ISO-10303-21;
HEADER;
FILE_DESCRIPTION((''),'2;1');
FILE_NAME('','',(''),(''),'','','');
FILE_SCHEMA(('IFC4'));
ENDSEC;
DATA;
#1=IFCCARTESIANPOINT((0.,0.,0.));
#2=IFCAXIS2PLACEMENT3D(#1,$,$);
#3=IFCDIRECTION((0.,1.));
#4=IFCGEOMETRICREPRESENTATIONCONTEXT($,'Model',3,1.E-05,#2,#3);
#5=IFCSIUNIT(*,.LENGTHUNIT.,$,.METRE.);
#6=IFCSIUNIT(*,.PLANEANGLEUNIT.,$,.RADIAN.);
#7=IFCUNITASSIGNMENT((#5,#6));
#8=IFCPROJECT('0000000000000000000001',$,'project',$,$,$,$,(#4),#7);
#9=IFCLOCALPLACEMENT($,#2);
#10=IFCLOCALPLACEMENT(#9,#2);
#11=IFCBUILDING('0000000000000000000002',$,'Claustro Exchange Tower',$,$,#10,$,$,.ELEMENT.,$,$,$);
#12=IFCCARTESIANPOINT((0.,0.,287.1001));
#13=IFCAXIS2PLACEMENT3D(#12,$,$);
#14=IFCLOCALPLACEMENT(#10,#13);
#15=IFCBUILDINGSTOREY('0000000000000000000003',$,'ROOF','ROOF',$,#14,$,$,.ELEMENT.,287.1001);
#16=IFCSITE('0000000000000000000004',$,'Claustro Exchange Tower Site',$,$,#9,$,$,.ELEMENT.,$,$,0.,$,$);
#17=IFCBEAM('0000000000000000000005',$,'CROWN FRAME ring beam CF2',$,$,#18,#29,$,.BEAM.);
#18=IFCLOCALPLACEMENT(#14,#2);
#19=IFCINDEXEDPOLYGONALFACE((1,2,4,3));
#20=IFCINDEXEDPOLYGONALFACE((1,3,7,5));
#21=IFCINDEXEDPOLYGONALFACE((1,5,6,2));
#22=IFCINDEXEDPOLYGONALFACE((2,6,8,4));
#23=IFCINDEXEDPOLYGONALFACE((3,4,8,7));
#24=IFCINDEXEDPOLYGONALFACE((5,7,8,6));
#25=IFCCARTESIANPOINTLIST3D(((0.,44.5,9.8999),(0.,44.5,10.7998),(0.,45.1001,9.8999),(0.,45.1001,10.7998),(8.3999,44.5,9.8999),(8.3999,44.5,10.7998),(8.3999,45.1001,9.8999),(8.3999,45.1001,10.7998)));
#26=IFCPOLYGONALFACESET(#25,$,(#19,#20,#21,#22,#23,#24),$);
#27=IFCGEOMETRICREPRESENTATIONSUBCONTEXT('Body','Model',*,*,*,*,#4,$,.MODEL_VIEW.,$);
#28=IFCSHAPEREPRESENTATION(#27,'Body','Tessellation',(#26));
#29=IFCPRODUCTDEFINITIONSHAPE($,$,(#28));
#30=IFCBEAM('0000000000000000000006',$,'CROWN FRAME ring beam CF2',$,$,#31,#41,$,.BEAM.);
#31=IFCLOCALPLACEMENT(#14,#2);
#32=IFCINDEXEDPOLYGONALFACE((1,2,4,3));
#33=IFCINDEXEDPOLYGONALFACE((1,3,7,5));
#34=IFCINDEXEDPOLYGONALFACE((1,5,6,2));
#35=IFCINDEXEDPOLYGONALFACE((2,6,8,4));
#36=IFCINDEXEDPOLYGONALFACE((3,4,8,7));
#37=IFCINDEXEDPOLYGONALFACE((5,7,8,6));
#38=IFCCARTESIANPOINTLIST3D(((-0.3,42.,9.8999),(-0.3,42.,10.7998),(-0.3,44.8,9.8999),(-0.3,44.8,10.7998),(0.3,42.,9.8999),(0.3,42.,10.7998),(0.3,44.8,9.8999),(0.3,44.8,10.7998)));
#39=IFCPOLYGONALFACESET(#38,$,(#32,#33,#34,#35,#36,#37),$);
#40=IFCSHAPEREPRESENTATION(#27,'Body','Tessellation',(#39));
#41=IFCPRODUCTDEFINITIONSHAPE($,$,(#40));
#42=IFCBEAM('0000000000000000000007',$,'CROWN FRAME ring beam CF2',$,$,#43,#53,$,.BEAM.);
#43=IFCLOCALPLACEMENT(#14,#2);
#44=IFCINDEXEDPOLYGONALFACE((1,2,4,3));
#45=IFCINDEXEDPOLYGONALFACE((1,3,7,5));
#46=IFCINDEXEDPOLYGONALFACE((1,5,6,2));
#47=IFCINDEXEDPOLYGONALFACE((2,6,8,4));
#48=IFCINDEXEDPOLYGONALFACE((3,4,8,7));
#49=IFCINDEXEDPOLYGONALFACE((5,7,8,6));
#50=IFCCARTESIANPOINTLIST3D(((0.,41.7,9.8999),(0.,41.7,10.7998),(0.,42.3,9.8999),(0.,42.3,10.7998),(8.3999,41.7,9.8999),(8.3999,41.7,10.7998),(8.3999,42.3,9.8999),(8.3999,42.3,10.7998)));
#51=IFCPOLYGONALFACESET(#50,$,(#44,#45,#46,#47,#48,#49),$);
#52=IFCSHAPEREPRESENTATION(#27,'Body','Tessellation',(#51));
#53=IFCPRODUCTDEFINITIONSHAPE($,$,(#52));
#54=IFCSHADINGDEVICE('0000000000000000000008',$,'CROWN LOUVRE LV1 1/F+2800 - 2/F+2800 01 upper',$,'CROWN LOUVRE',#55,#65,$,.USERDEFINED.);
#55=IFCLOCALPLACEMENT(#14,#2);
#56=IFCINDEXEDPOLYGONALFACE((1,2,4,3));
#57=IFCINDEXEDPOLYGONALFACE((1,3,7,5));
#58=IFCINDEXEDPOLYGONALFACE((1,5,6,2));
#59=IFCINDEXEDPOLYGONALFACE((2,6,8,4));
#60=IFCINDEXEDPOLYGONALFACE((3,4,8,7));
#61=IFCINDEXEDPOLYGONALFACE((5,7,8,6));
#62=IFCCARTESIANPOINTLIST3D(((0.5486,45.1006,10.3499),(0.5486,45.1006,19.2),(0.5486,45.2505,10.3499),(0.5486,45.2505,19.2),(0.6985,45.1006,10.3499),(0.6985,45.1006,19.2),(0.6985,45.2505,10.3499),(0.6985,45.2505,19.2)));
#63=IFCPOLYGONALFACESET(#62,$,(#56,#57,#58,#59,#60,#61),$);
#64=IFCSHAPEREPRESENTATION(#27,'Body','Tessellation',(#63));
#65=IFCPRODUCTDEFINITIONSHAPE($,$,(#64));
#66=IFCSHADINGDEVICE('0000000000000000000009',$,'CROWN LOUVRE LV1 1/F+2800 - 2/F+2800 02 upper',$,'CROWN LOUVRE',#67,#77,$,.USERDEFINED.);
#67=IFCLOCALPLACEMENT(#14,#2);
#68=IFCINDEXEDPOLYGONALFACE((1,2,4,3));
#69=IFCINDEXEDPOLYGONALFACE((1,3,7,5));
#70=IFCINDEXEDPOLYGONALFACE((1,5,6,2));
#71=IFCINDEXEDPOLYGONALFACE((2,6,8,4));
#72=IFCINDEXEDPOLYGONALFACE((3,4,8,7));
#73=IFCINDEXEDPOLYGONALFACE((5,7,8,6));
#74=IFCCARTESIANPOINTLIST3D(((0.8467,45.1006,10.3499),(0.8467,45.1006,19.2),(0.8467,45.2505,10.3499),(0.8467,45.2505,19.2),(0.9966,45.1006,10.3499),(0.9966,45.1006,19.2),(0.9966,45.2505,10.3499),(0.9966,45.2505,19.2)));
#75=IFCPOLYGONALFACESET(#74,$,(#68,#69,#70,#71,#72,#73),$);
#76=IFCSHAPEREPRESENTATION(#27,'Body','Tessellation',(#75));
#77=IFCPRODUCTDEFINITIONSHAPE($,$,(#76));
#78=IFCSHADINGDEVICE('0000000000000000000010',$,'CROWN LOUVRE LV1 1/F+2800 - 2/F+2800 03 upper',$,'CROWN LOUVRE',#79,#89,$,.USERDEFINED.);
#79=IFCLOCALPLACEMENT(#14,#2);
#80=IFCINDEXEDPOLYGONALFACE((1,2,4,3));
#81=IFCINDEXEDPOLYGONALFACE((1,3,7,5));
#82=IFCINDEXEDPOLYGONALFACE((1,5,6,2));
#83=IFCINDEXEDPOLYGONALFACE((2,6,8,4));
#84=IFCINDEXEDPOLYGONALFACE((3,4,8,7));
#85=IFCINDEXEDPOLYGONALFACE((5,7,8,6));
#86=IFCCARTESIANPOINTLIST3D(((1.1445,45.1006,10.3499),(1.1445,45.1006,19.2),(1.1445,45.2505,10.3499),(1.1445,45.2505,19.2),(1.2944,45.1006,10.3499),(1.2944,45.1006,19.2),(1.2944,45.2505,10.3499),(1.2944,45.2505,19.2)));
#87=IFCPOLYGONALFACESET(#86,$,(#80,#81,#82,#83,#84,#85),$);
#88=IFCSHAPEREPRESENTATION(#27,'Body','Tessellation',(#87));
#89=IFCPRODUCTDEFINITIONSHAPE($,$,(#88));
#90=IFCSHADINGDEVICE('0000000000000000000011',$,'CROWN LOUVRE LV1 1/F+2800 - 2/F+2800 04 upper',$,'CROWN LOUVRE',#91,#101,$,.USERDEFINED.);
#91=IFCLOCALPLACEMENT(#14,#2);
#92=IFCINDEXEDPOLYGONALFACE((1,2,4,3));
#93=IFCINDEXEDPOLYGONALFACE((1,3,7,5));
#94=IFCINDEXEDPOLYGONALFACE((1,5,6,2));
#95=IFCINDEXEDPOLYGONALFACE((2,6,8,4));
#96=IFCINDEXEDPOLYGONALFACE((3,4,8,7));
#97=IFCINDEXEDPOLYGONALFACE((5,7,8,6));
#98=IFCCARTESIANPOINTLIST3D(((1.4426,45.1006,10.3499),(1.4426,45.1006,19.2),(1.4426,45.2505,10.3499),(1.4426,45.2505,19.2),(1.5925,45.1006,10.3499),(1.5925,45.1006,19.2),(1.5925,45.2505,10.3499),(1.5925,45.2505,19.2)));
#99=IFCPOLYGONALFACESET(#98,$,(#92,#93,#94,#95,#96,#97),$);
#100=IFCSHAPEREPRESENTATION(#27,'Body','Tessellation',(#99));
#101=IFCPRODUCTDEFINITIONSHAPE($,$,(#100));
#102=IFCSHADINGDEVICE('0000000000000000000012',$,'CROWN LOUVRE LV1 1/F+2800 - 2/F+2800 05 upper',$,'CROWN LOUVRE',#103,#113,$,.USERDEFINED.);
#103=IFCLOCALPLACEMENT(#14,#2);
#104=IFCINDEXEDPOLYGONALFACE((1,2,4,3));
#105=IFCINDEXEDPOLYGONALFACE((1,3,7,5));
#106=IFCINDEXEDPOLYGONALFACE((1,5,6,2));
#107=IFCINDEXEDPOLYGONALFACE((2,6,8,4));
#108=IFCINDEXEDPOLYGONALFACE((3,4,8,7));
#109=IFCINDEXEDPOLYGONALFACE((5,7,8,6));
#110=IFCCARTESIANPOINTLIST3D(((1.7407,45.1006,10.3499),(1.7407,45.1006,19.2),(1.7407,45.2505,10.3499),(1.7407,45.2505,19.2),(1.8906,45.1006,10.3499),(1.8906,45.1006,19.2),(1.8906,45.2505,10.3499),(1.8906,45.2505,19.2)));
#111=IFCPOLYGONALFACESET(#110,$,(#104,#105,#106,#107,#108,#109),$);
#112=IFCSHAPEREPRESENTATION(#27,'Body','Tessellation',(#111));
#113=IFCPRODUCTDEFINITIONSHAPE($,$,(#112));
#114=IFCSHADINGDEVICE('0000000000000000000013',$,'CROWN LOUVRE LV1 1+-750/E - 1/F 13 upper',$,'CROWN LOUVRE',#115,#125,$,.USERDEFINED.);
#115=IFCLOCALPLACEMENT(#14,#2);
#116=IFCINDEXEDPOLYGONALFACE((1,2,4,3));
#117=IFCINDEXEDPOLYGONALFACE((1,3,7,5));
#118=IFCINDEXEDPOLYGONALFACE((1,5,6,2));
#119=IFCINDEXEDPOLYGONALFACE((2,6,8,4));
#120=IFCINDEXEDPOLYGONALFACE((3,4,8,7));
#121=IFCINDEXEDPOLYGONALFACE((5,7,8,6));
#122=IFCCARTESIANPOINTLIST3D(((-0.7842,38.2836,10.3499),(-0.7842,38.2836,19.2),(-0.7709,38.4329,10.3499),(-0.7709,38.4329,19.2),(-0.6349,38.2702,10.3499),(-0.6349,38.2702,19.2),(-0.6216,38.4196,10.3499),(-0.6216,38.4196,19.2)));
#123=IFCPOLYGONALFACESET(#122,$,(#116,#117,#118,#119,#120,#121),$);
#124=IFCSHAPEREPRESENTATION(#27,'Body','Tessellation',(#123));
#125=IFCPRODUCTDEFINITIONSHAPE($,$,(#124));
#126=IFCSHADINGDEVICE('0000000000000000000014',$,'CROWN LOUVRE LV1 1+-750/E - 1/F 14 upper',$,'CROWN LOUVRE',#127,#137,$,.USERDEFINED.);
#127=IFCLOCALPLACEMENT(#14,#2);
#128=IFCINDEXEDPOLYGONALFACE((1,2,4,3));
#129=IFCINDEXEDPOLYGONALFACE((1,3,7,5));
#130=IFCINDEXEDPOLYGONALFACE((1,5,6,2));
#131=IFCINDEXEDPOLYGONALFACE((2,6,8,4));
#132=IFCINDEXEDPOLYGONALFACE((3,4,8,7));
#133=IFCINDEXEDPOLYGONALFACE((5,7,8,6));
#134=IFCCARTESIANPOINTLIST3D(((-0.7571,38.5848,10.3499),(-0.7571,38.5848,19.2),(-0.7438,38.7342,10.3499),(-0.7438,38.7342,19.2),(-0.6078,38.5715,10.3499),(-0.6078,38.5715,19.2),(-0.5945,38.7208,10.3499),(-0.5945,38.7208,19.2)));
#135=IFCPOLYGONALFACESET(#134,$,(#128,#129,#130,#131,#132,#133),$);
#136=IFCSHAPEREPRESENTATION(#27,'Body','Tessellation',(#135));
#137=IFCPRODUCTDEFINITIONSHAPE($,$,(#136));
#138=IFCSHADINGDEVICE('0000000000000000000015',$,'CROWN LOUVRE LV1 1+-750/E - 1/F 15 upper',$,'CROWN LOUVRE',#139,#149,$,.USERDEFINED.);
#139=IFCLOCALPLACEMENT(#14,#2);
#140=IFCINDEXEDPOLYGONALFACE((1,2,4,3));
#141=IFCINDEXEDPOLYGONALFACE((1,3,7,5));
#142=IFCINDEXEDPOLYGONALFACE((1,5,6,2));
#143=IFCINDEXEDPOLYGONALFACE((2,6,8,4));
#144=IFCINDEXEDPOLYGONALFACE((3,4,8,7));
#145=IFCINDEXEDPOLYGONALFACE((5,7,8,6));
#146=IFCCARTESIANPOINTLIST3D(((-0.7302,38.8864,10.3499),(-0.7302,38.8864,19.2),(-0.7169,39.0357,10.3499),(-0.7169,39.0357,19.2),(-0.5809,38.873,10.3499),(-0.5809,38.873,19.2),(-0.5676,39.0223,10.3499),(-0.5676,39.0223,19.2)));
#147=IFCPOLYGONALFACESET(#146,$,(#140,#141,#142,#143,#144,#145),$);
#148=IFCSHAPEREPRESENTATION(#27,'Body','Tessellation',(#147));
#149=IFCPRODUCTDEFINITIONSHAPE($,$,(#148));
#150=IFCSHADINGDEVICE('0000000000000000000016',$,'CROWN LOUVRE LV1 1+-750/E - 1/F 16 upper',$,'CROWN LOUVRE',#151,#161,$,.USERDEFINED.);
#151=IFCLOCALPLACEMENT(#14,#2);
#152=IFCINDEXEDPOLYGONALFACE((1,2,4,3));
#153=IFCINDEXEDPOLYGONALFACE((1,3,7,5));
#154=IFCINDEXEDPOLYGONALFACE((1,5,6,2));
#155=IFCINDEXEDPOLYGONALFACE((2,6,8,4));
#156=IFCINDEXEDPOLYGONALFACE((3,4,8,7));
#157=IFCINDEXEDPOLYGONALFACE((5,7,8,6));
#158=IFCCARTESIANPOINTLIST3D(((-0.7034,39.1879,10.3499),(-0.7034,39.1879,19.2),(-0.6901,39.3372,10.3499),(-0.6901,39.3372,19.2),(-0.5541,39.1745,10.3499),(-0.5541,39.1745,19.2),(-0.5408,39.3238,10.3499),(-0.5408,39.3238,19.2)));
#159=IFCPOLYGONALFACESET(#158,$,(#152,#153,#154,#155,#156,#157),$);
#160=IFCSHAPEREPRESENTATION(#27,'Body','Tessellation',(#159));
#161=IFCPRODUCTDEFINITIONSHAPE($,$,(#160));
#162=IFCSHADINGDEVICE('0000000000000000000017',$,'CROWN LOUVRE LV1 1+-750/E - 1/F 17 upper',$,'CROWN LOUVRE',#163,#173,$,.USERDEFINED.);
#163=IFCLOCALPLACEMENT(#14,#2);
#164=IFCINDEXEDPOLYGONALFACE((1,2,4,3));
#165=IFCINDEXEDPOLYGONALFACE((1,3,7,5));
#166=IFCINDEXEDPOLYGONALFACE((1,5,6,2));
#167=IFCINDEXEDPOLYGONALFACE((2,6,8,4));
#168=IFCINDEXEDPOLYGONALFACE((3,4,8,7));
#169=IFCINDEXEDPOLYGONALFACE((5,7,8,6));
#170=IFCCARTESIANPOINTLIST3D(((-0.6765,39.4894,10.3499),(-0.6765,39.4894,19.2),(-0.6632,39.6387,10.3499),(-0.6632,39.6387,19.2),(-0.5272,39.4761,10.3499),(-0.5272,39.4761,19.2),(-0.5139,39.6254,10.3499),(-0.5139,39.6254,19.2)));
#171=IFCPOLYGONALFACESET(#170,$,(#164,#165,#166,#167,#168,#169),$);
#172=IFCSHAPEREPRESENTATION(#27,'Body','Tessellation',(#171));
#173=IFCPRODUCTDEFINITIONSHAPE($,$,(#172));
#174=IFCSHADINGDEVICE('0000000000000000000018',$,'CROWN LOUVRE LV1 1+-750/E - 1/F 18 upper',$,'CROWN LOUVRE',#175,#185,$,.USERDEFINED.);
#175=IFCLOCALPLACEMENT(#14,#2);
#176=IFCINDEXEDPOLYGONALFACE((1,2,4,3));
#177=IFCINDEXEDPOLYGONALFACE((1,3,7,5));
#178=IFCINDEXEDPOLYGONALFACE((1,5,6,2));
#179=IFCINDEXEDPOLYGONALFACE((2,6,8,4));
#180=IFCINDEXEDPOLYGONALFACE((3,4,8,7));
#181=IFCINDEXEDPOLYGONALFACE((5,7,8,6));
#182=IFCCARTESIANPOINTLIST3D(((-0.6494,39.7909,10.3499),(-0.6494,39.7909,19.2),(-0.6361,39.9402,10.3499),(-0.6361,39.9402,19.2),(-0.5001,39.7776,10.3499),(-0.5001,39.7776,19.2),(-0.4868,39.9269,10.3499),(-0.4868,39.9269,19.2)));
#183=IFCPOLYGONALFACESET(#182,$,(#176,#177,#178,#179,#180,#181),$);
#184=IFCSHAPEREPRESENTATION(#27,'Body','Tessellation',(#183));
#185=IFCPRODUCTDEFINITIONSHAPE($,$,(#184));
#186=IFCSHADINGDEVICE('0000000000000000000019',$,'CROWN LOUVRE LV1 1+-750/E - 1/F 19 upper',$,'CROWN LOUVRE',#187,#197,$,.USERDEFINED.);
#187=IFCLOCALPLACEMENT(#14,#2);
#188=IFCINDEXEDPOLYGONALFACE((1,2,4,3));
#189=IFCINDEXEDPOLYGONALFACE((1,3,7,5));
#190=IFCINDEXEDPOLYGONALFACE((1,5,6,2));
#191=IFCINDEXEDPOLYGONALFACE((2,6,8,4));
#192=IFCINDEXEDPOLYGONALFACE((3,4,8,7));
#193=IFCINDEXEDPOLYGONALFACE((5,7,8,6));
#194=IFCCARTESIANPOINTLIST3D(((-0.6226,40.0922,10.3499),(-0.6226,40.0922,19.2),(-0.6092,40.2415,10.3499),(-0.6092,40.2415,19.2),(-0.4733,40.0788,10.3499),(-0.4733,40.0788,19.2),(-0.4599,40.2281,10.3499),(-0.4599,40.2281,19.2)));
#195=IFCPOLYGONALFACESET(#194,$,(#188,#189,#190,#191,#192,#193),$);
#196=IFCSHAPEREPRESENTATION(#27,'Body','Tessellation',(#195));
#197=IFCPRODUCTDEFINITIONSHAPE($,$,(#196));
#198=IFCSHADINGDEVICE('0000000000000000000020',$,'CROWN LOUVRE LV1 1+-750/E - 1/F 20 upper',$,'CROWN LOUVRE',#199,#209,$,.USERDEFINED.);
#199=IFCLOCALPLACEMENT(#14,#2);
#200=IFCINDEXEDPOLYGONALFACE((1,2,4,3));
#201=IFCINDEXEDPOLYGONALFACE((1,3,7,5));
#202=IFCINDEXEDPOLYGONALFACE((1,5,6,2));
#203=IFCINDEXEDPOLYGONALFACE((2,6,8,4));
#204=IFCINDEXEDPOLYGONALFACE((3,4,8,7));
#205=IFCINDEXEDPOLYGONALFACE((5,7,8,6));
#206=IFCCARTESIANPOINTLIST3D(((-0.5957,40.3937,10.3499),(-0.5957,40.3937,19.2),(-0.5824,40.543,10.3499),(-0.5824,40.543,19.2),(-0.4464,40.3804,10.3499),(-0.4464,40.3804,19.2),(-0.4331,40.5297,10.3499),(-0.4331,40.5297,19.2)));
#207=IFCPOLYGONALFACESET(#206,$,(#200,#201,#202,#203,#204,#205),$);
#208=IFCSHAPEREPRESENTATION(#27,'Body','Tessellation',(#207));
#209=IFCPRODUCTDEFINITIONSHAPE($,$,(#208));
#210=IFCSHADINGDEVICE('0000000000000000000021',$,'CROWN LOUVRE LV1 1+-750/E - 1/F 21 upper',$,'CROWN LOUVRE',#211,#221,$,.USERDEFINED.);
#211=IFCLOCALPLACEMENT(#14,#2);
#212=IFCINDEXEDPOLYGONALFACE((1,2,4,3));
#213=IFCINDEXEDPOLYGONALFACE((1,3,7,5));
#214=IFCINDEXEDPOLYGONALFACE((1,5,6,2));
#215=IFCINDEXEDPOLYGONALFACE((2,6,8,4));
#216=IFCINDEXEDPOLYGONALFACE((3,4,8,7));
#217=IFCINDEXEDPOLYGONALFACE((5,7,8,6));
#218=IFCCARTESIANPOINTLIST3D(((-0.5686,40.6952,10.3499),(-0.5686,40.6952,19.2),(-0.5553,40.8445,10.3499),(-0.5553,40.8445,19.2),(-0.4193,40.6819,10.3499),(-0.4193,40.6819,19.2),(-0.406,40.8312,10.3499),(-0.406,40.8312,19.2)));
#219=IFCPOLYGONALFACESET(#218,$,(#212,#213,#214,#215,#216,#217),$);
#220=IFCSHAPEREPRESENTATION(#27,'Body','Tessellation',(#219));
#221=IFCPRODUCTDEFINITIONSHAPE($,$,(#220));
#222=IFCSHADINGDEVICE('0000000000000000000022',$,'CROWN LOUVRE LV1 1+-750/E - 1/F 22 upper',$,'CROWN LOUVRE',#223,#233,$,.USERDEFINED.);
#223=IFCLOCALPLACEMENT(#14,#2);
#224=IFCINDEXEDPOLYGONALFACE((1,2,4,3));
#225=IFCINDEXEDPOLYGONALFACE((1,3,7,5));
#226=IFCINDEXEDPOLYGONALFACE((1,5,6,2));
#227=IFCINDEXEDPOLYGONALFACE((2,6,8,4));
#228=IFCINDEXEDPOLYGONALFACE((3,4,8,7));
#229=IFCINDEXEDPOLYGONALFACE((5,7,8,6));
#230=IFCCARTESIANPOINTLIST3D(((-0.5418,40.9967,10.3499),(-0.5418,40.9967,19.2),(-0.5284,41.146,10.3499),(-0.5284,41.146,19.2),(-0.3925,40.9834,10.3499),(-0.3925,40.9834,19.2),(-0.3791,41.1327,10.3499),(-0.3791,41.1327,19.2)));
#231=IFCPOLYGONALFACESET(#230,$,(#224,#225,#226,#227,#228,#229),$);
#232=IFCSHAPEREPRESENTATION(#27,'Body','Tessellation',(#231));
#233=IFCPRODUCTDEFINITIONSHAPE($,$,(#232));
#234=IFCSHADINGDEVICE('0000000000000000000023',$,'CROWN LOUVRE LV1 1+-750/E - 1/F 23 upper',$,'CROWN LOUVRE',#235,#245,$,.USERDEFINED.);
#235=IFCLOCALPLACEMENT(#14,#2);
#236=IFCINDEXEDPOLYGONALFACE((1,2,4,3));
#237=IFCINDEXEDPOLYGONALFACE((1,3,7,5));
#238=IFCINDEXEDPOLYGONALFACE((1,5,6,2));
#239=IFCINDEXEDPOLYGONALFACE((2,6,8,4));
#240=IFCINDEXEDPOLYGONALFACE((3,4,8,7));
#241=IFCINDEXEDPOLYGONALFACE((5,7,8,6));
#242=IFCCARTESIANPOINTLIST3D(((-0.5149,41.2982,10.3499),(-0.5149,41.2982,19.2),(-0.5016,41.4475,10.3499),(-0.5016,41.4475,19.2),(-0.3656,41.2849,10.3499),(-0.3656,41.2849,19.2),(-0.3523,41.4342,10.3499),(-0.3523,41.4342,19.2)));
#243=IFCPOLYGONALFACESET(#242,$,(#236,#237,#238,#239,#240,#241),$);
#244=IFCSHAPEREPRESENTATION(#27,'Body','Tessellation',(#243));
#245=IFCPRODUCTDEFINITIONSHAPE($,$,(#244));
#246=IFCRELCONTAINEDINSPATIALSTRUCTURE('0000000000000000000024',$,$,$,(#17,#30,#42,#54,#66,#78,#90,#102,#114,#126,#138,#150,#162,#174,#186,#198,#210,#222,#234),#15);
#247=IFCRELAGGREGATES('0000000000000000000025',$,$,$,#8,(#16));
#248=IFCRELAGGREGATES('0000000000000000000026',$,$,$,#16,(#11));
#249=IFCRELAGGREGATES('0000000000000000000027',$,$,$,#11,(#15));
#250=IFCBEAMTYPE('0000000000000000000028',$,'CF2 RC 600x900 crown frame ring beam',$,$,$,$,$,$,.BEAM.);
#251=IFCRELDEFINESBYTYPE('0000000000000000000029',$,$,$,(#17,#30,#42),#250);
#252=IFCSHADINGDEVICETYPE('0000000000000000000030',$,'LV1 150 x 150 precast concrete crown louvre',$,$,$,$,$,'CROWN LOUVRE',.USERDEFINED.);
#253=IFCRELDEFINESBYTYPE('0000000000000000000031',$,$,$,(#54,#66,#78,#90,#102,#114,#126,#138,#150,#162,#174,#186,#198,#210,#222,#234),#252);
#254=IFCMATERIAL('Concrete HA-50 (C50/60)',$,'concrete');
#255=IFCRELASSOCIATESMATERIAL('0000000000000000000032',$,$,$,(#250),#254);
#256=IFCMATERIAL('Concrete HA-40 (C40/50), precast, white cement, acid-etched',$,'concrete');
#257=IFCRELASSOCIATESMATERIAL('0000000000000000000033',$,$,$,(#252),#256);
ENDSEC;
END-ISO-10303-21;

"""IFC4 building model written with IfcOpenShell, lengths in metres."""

from ifc_helpers import new_model, si_unit, direction, frame, origin, origin_2d, place, context, subcontext, project, spatial, rectangle, extrude, material, material_profile, profile_set, type_object, element, save


model = new_model("IFC4")

# Units and contexts
model_context = context("Model", 3, precision=1e-05, world=origin(), true_north=direction((0.0, 1.0)))
body_context = subcontext(model_context, "Body", "Model", "MODEL_VIEW")
ifc_project = project(units=[si_unit("LENGTHUNIT", "METRE"), si_unit("PLANEANGLEUNIT", "RADIAN")], contexts=[model_context])

# Site, building, storey
site_placement = place(None, origin())
site = spatial("IfcSite", under=ifc_project, at=site_placement, Name="Claustro Exchange Tower Site", CompositionType="ELEMENT", RefElevation=0.0)
building_placement = place(site_placement, origin())
building = spatial("IfcBuilding", under=site, at=building_placement, Name="Claustro Exchange Tower", CompositionType="ELEMENT")
storey_placement = place(building_placement, frame((0.0, 0.0, 287.1001)))
storey = spatial("IfcBuildingStorey", under=building, at=storey_placement, Name="ROOF", Description="ROOF", CompositionType="ELEMENT", Elevation=287.1001)

# Beams
ifc_material_1 = material(Name="Concrete HA-50 (C50/60)", Category="concrete")
ifc_material_profile = material_profile(ifc_material_1, rectangle(XDim=0.6001, YDim=0.8999, at=origin_2d()), Name="RC 600x900")
ifc_profile_set = profile_set([ifc_material_profile], Name="Concrete HA-50 (C50/60)")
beam_type = type_object("IfcBeamType", Name="CF2 RC 600x900 crown frame ring beam", PredefinedType="BEAM", material=ifc_profile_set)
beam_1_placement = place(storey_placement, frame((0.0, 44.8, 10.3499), z_axis=(1.0, 0.0, 0.0), x_axis=(0.0, 1.0, 0.0)))
element("IfcBeam", 1, at=beam_1_placement, inside=storey, type_object=beam_type, Name="CROWN FRAME ring beam CF2", PredefinedType="BEAM", context=body_context, shape_type="SweptSolid", body=[
    extrude(rectangle(XDim=0.6001, YDim=0.8999, at=origin_2d()), origin(), (0.0, 0.0, 1.0), 8.3999),
])
beam_2_placement = place(storey_placement, frame((0.0, 42.0, 10.3499), z_axis=(0.0, 1.0, 0.0), x_axis=(-1.0, 0.0, 0.0)))
element("IfcBeam", 2, at=beam_2_placement, inside=storey, type_object=beam_type, Name="CROWN FRAME ring beam CF2", PredefinedType="BEAM", context=body_context, shape_type="SweptSolid", body=[
    extrude(rectangle(XDim=0.6001, YDim=0.8999, at=origin_2d()), origin(), (0.0, 0.0, 1.0), 2.8),
])
beam_3_placement = place(storey_placement, frame((0.0, 42.0, 10.3499), z_axis=(1.0, 0.0, 0.0), x_axis=(0.0, 1.0, 0.0)))
element("IfcBeam", 3, at=beam_3_placement, inside=storey, type_object=beam_type, Name="CROWN FRAME ring beam CF2", PredefinedType="BEAM", context=body_context, shape_type="SweptSolid", body=[
    extrude(rectangle(XDim=0.6001, YDim=0.8999, at=origin_2d()), origin(), (0.0, 0.0, 1.0), 8.3999),
])

# Shading devices
ifc_material_2 = material(Name="Concrete HA-40 (C40/50), precast, white cement, acid-etched", Category="concrete")
shading_device_type = type_object("IfcShadingDeviceType", Name="LV1 150 x 150 precast concrete crown louvre", ElementType="CROWN LOUVRE", PredefinedType="USERDEFINED", material=ifc_material_2)
for number, where, z_axis, x_axis, name in (
    (4, (0.6235, 45.1755, 10.3499), (0.0, 0.0, 1.0), (1.0, 0.0, 0.0), "CROWN LOUVRE LV1 1/F+2800 - 2/F+2800 01 upper"),
    (5, (0.9216, 45.1755, 10.3499), (0.0, 0.0, 1.0), (1.0, 0.0, 0.0), "CROWN LOUVRE LV1 1/F+2800 - 2/F+2800 02 upper"),
    (6, (1.2195, 45.1755, 10.3499), (0.0, 0.0, 1.0), (1.0, 0.0, 0.0), "CROWN LOUVRE LV1 1/F+2800 - 2/F+2800 03 upper"),
    (7, (1.5176, 45.1755, 10.3499), (0.0, 0.0, 1.0), (1.0, 0.0, 0.0), "CROWN LOUVRE LV1 1/F+2800 - 2/F+2800 04 upper"),
    (8, (1.8157, 45.1755, 10.3499), (0.0, 0.0, 1.0), (1.0, 0.0, 0.0), "CROWN LOUVRE LV1 1/F+2800 - 2/F+2800 05 upper"),
    (9, (-0.7029, 38.3516, 10.3499), (0.0, 0.0, 1.0), (0.088933, 0.996038, 0.0), "CROWN LOUVRE LV1 1+-750/E - 1/F 13 upper"),
    (10, (-0.6758, 38.6528, 10.3499), (0.0, 0.0, 1.0), (0.088933, 0.996038, 0.0), "CROWN LOUVRE LV1 1+-750/E - 1/F 14 upper"),
    (11, (-0.6489, 38.9543, 10.3499), (0.0, 0.0, 1.0), (0.088933, 0.996038, 0.0), "CROWN LOUVRE LV1 1+-750/E - 1/F 15 upper"),
    (12, (-0.6221, 39.2559, 10.3499), (0.0, 0.0, 1.0), (0.088933, 0.996038, 0.0), "CROWN LOUVRE LV1 1+-750/E - 1/F 16 upper"),
    (13, (-0.5952, 39.5574, 10.3499), (0.0, 0.0, 1.0), (0.088933, 0.996038, 0.0), "CROWN LOUVRE LV1 1+-750/E - 1/F 17 upper"),
    (14, (-0.5681, 39.8589, 10.3499), (0.0, 0.0, 1.0), (0.088933, 0.996038, 0.0), "CROWN LOUVRE LV1 1+-750/E - 1/F 18 upper"),
    (15, (-0.5413, 40.1602, 10.3499), (0.0, 0.0, 1.0), (0.088933, 0.996038, 0.0), "CROWN LOUVRE LV1 1+-750/E - 1/F 19 upper"),
    (16, (-0.5144, 40.4617, 10.3499), (0.0, 0.0, 1.0), (0.088933, 0.996038, 0.0), "CROWN LOUVRE LV1 1+-750/E - 1/F 20 upper"),
    (17, (-0.4873, 40.7632, 10.3499), (0.0, 0.0, 1.0), (0.088933, 0.996038, 0.0), "CROWN LOUVRE LV1 1+-750/E - 1/F 21 upper"),
    (18, (-0.4604, 41.0647, 10.3499), (0.0, 0.0, 1.0), (0.088933, 0.996038, 0.0), "CROWN LOUVRE LV1 1+-750/E - 1/F 22 upper"),
    (19, (-0.4336, 41.3662, 10.3499), (0.0, 0.0, 1.0), (0.088933, 0.996038, 0.0), "CROWN LOUVRE LV1 1+-750/E - 1/F 23 upper"),
):
    element("IfcShadingDevice", number, at=place(storey_placement, frame(where, z_axis=z_axis, x_axis=x_axis)), inside=storey, type_object=shading_device_type, Name=name, ObjectType="CROWN LOUVRE", PredefinedType="USERDEFINED", context=body_context, shape_type="SweptSolid", body=[
        extrude(rectangle(XDim=0.1499, YDim=0.1499, at=origin_2d()), origin(), (0.0, 0.0, 1.0), 8.8501),
    ])

save(model, "model.ifc")
